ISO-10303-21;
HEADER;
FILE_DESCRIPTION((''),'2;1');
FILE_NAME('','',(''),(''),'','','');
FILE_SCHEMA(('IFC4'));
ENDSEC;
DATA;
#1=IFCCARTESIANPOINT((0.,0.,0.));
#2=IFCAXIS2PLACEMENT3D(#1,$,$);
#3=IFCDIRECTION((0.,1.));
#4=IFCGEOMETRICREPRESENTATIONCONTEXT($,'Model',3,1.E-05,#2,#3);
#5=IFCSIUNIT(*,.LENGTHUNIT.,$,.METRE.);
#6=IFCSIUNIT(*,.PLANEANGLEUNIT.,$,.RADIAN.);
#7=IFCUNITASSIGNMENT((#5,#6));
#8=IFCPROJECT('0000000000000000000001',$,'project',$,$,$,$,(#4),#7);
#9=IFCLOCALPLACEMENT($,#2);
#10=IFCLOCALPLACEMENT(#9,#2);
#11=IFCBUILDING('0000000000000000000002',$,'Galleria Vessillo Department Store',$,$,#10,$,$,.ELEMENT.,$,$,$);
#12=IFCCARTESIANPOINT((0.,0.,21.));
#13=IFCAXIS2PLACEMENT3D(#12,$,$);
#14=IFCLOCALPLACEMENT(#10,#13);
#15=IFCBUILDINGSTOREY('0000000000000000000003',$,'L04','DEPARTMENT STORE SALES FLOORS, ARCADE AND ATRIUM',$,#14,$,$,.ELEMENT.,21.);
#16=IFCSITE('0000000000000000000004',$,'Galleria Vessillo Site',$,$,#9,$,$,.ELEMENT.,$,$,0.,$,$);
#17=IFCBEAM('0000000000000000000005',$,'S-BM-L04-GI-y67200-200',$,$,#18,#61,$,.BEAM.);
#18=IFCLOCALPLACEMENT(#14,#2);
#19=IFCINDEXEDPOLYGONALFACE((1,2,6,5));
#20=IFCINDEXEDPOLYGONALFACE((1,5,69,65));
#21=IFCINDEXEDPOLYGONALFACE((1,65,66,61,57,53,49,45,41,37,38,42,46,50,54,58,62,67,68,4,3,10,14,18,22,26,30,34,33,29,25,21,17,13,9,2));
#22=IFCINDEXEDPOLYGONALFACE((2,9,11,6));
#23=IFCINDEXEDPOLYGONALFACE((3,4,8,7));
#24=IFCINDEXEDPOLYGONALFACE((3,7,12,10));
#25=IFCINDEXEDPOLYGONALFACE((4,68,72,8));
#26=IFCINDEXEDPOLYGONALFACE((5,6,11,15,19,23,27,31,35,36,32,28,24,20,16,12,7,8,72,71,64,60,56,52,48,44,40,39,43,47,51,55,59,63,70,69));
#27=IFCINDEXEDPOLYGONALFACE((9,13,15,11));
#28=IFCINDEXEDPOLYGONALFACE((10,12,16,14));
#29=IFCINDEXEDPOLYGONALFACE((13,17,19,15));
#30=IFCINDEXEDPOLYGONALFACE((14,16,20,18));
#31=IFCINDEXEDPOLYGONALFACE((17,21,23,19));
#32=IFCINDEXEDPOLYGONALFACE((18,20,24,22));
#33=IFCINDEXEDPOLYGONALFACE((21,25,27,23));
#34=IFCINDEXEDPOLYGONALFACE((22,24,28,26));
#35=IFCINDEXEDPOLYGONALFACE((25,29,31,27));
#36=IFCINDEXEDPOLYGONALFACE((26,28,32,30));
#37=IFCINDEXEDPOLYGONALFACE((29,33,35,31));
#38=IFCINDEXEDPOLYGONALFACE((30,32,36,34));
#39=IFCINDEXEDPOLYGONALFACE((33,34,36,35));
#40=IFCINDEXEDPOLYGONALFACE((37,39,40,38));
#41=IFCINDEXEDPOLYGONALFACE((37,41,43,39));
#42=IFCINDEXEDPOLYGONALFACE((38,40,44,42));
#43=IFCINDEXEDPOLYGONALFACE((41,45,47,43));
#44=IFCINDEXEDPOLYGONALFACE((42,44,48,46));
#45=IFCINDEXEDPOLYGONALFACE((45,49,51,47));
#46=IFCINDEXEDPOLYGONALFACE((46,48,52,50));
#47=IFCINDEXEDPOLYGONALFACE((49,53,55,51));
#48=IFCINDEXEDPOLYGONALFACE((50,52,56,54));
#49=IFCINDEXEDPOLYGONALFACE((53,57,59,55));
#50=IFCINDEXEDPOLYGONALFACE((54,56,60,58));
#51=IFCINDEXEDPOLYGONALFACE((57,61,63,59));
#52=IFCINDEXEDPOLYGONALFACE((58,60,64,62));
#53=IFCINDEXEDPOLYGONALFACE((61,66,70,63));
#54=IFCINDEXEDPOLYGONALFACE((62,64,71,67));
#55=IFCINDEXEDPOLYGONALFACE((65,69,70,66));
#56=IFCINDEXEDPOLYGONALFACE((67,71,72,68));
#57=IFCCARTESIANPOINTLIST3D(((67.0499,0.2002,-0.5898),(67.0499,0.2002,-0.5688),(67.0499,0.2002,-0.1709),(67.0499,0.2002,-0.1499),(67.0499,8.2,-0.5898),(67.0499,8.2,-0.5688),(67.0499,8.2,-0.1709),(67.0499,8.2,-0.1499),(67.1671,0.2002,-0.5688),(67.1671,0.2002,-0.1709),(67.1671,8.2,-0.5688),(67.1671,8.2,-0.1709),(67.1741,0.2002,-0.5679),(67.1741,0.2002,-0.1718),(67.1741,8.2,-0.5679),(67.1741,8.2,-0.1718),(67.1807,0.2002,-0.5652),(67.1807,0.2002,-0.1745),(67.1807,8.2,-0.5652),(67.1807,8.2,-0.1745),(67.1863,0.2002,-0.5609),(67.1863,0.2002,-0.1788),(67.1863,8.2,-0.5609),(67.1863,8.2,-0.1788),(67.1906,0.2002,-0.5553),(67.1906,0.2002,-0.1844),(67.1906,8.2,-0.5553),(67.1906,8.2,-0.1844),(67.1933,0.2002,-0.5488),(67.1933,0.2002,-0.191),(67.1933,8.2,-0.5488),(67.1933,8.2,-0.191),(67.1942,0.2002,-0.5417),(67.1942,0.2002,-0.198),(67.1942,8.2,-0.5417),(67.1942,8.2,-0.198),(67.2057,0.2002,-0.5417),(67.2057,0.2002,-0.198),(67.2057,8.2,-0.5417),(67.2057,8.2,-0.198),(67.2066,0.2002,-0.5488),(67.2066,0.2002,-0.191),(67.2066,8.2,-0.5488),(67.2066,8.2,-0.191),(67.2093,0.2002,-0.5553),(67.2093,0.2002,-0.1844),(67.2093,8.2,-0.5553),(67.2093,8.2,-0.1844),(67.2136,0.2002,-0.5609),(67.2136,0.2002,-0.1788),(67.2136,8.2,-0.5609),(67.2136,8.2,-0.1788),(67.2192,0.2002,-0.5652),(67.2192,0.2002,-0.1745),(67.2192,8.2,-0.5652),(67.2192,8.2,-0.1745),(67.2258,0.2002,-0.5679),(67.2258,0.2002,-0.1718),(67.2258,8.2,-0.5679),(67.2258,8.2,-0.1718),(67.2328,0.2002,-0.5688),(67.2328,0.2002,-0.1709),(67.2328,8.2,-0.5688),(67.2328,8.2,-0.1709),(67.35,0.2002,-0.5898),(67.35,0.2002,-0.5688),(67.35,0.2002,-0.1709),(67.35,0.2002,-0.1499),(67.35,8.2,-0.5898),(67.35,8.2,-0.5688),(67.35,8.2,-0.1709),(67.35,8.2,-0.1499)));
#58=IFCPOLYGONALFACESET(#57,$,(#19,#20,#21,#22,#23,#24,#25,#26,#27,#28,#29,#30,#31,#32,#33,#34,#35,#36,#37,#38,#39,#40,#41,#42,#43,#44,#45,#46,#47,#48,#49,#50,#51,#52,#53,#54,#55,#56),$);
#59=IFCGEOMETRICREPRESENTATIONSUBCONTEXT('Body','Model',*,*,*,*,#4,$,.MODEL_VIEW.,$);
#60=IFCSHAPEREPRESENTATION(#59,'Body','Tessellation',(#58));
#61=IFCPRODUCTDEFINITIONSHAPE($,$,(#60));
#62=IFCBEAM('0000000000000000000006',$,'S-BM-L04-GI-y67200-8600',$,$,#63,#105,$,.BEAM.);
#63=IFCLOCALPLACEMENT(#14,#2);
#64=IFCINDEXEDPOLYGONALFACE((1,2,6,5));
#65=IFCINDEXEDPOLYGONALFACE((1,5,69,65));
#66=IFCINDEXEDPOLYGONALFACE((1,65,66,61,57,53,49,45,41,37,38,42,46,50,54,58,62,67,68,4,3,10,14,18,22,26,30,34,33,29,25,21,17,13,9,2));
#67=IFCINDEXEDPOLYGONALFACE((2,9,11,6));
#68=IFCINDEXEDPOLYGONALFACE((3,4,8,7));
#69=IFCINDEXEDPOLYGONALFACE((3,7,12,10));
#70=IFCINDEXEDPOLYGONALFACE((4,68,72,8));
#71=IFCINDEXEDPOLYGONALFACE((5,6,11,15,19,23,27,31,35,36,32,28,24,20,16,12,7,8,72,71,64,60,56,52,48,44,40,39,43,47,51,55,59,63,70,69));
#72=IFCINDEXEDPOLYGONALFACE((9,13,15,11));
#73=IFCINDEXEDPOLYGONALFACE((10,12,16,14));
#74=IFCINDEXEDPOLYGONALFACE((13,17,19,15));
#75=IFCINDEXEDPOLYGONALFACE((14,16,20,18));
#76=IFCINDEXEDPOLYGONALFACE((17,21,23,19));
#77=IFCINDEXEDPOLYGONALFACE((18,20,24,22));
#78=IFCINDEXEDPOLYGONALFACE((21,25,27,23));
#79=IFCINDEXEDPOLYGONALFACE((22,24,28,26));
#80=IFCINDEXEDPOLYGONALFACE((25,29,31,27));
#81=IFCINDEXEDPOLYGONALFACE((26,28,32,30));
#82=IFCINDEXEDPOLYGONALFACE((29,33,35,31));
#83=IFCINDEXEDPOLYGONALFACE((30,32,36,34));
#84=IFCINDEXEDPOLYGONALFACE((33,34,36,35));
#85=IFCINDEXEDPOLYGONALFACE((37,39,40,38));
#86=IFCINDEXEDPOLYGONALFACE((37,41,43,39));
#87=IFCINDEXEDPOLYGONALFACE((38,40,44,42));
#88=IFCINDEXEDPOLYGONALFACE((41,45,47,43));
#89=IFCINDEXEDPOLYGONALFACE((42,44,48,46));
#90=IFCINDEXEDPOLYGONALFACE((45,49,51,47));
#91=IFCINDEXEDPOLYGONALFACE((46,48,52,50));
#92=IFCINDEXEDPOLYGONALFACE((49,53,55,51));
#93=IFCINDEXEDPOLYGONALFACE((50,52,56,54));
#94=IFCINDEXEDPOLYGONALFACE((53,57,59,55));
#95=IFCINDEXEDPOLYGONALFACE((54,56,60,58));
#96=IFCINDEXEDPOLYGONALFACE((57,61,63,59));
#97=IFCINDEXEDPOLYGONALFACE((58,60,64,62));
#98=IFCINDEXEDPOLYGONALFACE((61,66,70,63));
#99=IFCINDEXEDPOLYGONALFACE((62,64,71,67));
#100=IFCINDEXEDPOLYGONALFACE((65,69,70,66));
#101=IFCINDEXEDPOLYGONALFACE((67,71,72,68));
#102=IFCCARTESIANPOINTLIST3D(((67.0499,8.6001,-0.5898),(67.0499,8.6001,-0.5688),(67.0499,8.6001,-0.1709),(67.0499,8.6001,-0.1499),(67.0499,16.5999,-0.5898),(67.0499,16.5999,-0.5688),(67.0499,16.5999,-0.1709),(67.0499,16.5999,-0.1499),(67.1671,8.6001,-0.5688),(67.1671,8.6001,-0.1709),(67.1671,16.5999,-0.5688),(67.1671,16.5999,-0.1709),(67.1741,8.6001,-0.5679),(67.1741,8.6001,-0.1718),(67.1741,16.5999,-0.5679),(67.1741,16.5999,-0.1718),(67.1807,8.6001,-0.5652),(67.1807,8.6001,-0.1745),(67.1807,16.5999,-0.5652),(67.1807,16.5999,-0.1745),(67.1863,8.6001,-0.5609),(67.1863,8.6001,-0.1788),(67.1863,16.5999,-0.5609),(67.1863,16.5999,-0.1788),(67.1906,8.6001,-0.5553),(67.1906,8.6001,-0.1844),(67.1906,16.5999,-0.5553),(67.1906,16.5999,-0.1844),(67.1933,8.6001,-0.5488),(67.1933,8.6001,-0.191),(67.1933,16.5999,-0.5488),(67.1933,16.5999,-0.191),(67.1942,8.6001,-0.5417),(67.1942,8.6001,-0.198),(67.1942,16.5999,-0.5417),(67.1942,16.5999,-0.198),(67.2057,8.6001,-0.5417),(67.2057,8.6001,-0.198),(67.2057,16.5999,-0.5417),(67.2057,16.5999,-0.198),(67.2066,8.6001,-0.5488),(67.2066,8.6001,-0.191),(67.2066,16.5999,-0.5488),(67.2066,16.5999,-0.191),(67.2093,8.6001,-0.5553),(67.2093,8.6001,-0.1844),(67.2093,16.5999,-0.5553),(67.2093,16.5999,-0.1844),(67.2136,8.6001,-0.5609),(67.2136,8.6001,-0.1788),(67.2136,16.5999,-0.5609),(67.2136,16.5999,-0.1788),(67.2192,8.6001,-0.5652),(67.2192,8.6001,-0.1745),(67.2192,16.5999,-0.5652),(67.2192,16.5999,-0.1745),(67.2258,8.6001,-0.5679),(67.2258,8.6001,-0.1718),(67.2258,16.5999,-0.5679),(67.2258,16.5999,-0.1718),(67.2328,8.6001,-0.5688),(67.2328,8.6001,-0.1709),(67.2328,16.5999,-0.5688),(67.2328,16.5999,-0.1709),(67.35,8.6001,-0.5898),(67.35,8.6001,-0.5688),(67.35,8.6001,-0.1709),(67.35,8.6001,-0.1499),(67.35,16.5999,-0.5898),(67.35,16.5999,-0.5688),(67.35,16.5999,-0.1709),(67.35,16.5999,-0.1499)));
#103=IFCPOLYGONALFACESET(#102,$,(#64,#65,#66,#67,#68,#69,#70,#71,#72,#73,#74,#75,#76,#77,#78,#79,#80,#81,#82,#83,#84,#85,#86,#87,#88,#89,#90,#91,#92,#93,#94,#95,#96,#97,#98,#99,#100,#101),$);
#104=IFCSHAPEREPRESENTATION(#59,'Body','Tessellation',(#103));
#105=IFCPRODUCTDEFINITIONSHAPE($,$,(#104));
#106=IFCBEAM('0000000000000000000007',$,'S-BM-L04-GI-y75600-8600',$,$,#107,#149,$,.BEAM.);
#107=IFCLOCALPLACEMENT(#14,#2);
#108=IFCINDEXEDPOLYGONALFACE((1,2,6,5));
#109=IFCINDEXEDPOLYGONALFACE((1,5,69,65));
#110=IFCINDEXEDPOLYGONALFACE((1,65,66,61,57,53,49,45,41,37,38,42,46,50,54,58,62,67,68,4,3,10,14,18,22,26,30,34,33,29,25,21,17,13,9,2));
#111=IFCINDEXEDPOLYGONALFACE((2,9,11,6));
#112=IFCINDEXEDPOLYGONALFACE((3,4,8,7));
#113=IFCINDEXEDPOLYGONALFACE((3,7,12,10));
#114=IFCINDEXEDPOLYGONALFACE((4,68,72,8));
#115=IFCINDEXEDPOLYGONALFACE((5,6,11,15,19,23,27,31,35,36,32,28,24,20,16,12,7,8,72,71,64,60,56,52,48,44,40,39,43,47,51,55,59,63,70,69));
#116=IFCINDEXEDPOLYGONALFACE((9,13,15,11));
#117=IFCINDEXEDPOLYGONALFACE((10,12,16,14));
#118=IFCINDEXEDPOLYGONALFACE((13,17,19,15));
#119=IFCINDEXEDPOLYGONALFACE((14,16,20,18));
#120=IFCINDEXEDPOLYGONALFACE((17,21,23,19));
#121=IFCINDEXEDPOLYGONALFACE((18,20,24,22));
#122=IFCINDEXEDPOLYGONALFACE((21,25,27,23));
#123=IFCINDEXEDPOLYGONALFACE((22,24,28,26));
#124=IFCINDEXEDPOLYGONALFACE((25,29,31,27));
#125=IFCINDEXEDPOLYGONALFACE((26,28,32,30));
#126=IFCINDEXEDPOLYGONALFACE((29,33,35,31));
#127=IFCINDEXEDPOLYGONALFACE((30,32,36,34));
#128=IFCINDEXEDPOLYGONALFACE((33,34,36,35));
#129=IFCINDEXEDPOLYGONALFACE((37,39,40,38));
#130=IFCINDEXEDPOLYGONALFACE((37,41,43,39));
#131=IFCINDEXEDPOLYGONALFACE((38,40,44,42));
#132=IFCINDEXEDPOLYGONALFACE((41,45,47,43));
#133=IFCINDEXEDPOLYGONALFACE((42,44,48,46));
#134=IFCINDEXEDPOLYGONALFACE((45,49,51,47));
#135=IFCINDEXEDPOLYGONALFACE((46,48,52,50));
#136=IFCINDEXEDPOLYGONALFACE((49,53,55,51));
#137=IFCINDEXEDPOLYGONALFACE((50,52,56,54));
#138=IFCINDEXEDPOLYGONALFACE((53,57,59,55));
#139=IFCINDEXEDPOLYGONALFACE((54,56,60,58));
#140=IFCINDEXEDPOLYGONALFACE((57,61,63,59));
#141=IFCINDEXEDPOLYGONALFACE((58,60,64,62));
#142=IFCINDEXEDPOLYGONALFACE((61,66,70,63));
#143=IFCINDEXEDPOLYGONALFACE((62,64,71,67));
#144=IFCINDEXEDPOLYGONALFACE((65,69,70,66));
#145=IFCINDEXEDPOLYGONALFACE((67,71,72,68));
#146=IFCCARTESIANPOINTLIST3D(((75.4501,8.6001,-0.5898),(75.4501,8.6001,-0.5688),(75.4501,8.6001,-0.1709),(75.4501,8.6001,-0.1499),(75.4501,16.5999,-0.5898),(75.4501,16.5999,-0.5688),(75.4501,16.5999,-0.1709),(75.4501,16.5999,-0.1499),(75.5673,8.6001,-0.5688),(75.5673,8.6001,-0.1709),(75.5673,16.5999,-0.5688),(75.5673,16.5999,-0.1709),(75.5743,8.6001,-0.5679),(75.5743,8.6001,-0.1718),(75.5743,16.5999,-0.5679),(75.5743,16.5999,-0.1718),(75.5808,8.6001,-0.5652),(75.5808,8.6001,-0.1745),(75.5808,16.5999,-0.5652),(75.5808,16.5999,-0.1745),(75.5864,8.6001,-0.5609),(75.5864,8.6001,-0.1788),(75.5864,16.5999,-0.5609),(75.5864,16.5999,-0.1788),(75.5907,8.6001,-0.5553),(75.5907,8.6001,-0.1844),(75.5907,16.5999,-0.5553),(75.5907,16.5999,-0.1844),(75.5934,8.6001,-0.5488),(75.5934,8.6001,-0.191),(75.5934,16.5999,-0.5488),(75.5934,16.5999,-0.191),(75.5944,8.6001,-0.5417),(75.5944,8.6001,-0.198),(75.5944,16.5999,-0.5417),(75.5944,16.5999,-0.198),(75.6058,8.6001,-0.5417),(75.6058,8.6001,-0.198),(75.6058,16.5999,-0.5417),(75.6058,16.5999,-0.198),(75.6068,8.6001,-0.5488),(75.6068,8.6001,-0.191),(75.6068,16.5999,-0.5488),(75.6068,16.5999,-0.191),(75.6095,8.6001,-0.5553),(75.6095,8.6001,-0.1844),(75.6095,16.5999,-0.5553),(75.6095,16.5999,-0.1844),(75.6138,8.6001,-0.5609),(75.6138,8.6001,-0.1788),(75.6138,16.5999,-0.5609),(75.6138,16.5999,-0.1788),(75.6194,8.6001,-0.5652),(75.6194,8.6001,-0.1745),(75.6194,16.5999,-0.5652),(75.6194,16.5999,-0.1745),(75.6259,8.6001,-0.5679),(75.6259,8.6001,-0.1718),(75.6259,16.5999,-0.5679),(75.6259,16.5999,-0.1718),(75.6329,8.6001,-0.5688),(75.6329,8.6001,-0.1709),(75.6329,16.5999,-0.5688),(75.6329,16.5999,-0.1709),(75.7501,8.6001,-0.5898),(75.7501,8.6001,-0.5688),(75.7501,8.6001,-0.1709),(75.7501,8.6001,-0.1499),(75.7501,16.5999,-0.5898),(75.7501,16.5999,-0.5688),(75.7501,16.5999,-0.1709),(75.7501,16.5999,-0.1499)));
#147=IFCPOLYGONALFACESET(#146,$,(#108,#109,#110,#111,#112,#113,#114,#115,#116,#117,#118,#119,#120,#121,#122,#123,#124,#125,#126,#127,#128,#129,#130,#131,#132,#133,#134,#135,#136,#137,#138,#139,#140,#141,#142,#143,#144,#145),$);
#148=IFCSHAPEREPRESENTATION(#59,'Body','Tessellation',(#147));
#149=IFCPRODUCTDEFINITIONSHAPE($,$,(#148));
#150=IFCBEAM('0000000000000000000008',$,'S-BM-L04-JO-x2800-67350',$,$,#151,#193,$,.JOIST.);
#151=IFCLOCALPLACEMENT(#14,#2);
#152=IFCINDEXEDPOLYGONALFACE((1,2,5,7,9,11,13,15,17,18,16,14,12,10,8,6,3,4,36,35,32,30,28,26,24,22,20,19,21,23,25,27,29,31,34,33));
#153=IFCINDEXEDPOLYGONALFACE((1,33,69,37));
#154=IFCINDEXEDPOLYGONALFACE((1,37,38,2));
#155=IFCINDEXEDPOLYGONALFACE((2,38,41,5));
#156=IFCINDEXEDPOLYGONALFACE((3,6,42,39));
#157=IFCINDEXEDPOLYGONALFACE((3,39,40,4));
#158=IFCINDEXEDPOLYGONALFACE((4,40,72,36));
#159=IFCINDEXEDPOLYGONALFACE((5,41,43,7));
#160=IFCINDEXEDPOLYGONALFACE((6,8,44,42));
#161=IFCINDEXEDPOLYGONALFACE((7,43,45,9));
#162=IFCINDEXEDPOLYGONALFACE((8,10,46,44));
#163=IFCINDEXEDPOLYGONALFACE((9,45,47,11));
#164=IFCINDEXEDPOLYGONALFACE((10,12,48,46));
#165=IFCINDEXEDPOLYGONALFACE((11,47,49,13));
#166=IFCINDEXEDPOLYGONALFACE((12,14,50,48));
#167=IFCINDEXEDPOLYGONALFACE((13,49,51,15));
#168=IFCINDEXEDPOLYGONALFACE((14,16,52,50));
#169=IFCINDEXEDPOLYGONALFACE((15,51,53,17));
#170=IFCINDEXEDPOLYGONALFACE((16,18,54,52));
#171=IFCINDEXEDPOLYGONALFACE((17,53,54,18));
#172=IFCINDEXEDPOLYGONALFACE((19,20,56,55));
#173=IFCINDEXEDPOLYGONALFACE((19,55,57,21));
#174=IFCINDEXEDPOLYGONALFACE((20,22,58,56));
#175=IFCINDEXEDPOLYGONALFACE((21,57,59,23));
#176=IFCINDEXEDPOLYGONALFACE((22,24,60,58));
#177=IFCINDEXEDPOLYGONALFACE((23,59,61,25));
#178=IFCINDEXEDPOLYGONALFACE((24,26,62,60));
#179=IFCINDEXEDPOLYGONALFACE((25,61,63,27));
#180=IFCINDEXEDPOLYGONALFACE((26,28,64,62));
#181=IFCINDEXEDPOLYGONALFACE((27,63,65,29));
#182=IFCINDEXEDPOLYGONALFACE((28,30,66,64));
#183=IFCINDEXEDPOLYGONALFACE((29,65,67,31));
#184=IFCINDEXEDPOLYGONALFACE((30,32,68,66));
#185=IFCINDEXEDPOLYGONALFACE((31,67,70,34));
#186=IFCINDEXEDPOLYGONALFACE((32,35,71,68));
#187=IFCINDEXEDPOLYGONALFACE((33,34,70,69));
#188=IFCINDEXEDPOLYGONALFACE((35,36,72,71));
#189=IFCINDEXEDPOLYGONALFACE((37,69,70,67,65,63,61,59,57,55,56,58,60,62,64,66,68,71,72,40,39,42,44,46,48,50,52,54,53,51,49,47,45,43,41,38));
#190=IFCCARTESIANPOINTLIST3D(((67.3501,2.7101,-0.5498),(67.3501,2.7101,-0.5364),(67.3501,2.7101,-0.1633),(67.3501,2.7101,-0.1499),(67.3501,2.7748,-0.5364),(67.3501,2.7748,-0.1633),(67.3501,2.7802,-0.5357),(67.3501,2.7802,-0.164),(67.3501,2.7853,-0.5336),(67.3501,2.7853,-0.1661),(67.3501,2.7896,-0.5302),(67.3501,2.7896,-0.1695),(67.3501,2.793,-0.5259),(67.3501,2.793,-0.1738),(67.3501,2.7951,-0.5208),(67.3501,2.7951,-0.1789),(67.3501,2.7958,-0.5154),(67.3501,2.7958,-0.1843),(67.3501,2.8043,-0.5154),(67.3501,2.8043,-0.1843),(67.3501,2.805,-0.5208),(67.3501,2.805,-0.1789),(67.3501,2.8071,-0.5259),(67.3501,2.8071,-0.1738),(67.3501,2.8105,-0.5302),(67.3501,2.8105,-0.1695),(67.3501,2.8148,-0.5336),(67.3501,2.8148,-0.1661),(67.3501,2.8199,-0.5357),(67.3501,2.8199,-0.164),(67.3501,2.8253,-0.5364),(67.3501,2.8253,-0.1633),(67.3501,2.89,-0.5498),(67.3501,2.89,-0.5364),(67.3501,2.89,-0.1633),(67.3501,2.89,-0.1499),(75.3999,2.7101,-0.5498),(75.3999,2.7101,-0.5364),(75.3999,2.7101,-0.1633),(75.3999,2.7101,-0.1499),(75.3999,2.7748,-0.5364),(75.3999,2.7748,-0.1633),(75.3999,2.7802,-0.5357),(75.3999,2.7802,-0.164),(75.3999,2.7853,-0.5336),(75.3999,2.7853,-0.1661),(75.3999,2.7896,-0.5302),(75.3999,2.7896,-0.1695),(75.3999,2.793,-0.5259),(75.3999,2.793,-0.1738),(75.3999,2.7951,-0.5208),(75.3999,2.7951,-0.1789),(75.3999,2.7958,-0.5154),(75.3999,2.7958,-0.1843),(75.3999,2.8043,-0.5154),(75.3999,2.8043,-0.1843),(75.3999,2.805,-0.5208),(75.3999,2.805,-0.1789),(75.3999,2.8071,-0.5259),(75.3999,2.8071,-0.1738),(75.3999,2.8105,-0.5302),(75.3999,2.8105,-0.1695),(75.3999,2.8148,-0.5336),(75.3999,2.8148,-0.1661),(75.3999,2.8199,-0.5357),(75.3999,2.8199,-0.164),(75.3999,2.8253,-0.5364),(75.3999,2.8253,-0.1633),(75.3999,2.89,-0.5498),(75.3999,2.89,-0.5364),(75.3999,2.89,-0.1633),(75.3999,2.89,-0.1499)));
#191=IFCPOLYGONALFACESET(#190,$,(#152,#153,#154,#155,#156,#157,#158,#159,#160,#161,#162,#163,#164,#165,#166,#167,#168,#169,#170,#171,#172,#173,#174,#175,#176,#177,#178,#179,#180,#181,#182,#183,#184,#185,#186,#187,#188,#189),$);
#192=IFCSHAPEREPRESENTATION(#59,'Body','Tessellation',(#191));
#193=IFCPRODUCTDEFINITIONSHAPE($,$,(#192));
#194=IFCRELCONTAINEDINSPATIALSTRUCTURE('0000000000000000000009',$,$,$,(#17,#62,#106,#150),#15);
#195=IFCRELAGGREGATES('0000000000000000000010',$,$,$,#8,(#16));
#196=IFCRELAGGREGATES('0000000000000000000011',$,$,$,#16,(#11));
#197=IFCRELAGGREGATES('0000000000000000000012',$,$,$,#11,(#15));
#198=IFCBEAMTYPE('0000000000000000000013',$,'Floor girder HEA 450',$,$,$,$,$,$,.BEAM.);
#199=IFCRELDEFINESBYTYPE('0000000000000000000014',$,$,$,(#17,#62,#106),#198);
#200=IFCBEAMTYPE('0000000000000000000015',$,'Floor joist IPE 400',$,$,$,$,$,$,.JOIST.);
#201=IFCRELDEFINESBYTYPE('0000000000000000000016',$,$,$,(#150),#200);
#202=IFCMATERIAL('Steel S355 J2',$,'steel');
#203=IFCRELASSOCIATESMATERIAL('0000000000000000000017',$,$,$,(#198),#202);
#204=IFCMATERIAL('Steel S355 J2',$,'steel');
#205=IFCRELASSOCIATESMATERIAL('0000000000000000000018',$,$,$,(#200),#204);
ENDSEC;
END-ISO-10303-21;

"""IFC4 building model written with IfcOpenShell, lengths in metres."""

from ifc_helpers import new_model, si_unit, direction, frame, origin, origin_2d, place, context, subcontext, project, spatial, i_section, extrude, material, material_profile, profile_set, type_object, element, save


model = new_model("IFC4")

# Units and contexts
model_context = context("Model", 3, precision=1e-05, world=origin(), true_north=direction((0.0, 1.0)))
body_context = subcontext(model_context, "Body", "Model", "MODEL_VIEW")
ifc_project = project(units=[si_unit("LENGTHUNIT", "METRE"), si_unit("PLANEANGLEUNIT", "RADIAN")], contexts=[model_context])

# Site, building, storey
site_placement = place(None, origin())
site = spatial("IfcSite", under=ifc_project, at=site_placement, Name="Galleria Vessillo Site", CompositionType="ELEMENT", RefElevation=0.0)
building_placement = place(site_placement, origin())
building = spatial("IfcBuilding", under=site, at=building_placement, Name="Galleria Vessillo Department Store", CompositionType="ELEMENT")
storey_placement = place(building_placement, frame((0.0, 0.0, 21.0)))
storey = spatial("IfcBuildingStorey", under=building, at=storey_placement, Name="L04", Description="DEPARTMENT STORE SALES FLOORS, ARCADE AND ATRIUM", CompositionType="ELEMENT", Elevation=21.0)

# Beams
ifc_material_1 = material(Name="Steel S355 J2", Category="steel")
ifc_material_profile_1 = material_profile(ifc_material_1, i_section(OverallWidth=0.3, OverallDepth=0.4399, WebThickness=0.0115, FlangeThickness=0.021, FilletRadius=0.0271, at=origin_2d()), Name="HEA 450")
ifc_profile_set_1 = profile_set([ifc_material_profile_1], Name="Steel S355 J2")
beam_type_1 = type_object("IfcBeamType", Name="Floor girder HEA 450", PredefinedType="BEAM", material=ifc_profile_set_1)
for number, where, z_axis, x_axis, name in (
    (1, (67.2, 0.2002, -0.3699), (0.0, 1.0, 0.0), (-1.0, 0.0, 0.0), "S-BM-L04-GI-y67200-200"),
    (2, (67.2, 8.6001, -0.3699), (0.0, 1.0, 0.0), (-1.0, 0.0, 0.0), "S-BM-L04-GI-y67200-8600"),
    (3, (75.6001, 8.6001, -0.3699), (0.0, 1.0, 0.0), (-1.0, 0.0, 0.0), "S-BM-L04-GI-y75600-8600"),
):
    element("IfcBeam", number, at=place(storey_placement, frame(where, z_axis=z_axis, x_axis=x_axis)), inside=storey, type_object=beam_type_1, Name=name, PredefinedType="BEAM", context=body_context, shape_type="SweptSolid", body=[
        extrude(i_section(OverallWidth=0.3, OverallDepth=0.4399, WebThickness=0.0115, FlangeThickness=0.021, FilletRadius=0.0271, at=origin_2d()), origin(), (0.0, 0.0, 1.0), 7.9998),
    ])
ifc_material_2 = material(Name="Steel S355 J2", Category="steel")
ifc_material_profile_2 = material_profile(ifc_material_2, i_section(OverallWidth=0.1799, OverallDepth=0.3999, WebThickness=0.0085, FlangeThickness=0.0134, FilletRadius=0.021, at=origin_2d()), Name="IPE 400")
ifc_profile_set_2 = profile_set([ifc_material_profile_2], Name="Steel S355 J2")
beam_type_2 = type_object("IfcBeamType", Name="Floor joist IPE 400", PredefinedType="JOIST", material=ifc_profile_set_2)
for number, where, z_axis, x_axis, name in (
    (4, (67.3501, 2.8, -0.3499), (1.0, 0.0, 0.0), (0.0, 1.0, 0.0), "S-BM-L04-JO-x2800-67350"),
):
    element("IfcBeam", number, at=place(storey_placement, frame(where, z_axis=z_axis, x_axis=x_axis)), inside=storey, type_object=beam_type_2, Name=name, PredefinedType="JOIST", context=body_context, shape_type="SweptSolid", body=[
        extrude(i_section(OverallWidth=0.1799, OverallDepth=0.3999, WebThickness=0.0085, FlangeThickness=0.0134, FilletRadius=0.021, at=origin_2d()), origin(), (0.0, 0.0, 1.0), 8.0498),
    ])

save(model, "model.ifc")
